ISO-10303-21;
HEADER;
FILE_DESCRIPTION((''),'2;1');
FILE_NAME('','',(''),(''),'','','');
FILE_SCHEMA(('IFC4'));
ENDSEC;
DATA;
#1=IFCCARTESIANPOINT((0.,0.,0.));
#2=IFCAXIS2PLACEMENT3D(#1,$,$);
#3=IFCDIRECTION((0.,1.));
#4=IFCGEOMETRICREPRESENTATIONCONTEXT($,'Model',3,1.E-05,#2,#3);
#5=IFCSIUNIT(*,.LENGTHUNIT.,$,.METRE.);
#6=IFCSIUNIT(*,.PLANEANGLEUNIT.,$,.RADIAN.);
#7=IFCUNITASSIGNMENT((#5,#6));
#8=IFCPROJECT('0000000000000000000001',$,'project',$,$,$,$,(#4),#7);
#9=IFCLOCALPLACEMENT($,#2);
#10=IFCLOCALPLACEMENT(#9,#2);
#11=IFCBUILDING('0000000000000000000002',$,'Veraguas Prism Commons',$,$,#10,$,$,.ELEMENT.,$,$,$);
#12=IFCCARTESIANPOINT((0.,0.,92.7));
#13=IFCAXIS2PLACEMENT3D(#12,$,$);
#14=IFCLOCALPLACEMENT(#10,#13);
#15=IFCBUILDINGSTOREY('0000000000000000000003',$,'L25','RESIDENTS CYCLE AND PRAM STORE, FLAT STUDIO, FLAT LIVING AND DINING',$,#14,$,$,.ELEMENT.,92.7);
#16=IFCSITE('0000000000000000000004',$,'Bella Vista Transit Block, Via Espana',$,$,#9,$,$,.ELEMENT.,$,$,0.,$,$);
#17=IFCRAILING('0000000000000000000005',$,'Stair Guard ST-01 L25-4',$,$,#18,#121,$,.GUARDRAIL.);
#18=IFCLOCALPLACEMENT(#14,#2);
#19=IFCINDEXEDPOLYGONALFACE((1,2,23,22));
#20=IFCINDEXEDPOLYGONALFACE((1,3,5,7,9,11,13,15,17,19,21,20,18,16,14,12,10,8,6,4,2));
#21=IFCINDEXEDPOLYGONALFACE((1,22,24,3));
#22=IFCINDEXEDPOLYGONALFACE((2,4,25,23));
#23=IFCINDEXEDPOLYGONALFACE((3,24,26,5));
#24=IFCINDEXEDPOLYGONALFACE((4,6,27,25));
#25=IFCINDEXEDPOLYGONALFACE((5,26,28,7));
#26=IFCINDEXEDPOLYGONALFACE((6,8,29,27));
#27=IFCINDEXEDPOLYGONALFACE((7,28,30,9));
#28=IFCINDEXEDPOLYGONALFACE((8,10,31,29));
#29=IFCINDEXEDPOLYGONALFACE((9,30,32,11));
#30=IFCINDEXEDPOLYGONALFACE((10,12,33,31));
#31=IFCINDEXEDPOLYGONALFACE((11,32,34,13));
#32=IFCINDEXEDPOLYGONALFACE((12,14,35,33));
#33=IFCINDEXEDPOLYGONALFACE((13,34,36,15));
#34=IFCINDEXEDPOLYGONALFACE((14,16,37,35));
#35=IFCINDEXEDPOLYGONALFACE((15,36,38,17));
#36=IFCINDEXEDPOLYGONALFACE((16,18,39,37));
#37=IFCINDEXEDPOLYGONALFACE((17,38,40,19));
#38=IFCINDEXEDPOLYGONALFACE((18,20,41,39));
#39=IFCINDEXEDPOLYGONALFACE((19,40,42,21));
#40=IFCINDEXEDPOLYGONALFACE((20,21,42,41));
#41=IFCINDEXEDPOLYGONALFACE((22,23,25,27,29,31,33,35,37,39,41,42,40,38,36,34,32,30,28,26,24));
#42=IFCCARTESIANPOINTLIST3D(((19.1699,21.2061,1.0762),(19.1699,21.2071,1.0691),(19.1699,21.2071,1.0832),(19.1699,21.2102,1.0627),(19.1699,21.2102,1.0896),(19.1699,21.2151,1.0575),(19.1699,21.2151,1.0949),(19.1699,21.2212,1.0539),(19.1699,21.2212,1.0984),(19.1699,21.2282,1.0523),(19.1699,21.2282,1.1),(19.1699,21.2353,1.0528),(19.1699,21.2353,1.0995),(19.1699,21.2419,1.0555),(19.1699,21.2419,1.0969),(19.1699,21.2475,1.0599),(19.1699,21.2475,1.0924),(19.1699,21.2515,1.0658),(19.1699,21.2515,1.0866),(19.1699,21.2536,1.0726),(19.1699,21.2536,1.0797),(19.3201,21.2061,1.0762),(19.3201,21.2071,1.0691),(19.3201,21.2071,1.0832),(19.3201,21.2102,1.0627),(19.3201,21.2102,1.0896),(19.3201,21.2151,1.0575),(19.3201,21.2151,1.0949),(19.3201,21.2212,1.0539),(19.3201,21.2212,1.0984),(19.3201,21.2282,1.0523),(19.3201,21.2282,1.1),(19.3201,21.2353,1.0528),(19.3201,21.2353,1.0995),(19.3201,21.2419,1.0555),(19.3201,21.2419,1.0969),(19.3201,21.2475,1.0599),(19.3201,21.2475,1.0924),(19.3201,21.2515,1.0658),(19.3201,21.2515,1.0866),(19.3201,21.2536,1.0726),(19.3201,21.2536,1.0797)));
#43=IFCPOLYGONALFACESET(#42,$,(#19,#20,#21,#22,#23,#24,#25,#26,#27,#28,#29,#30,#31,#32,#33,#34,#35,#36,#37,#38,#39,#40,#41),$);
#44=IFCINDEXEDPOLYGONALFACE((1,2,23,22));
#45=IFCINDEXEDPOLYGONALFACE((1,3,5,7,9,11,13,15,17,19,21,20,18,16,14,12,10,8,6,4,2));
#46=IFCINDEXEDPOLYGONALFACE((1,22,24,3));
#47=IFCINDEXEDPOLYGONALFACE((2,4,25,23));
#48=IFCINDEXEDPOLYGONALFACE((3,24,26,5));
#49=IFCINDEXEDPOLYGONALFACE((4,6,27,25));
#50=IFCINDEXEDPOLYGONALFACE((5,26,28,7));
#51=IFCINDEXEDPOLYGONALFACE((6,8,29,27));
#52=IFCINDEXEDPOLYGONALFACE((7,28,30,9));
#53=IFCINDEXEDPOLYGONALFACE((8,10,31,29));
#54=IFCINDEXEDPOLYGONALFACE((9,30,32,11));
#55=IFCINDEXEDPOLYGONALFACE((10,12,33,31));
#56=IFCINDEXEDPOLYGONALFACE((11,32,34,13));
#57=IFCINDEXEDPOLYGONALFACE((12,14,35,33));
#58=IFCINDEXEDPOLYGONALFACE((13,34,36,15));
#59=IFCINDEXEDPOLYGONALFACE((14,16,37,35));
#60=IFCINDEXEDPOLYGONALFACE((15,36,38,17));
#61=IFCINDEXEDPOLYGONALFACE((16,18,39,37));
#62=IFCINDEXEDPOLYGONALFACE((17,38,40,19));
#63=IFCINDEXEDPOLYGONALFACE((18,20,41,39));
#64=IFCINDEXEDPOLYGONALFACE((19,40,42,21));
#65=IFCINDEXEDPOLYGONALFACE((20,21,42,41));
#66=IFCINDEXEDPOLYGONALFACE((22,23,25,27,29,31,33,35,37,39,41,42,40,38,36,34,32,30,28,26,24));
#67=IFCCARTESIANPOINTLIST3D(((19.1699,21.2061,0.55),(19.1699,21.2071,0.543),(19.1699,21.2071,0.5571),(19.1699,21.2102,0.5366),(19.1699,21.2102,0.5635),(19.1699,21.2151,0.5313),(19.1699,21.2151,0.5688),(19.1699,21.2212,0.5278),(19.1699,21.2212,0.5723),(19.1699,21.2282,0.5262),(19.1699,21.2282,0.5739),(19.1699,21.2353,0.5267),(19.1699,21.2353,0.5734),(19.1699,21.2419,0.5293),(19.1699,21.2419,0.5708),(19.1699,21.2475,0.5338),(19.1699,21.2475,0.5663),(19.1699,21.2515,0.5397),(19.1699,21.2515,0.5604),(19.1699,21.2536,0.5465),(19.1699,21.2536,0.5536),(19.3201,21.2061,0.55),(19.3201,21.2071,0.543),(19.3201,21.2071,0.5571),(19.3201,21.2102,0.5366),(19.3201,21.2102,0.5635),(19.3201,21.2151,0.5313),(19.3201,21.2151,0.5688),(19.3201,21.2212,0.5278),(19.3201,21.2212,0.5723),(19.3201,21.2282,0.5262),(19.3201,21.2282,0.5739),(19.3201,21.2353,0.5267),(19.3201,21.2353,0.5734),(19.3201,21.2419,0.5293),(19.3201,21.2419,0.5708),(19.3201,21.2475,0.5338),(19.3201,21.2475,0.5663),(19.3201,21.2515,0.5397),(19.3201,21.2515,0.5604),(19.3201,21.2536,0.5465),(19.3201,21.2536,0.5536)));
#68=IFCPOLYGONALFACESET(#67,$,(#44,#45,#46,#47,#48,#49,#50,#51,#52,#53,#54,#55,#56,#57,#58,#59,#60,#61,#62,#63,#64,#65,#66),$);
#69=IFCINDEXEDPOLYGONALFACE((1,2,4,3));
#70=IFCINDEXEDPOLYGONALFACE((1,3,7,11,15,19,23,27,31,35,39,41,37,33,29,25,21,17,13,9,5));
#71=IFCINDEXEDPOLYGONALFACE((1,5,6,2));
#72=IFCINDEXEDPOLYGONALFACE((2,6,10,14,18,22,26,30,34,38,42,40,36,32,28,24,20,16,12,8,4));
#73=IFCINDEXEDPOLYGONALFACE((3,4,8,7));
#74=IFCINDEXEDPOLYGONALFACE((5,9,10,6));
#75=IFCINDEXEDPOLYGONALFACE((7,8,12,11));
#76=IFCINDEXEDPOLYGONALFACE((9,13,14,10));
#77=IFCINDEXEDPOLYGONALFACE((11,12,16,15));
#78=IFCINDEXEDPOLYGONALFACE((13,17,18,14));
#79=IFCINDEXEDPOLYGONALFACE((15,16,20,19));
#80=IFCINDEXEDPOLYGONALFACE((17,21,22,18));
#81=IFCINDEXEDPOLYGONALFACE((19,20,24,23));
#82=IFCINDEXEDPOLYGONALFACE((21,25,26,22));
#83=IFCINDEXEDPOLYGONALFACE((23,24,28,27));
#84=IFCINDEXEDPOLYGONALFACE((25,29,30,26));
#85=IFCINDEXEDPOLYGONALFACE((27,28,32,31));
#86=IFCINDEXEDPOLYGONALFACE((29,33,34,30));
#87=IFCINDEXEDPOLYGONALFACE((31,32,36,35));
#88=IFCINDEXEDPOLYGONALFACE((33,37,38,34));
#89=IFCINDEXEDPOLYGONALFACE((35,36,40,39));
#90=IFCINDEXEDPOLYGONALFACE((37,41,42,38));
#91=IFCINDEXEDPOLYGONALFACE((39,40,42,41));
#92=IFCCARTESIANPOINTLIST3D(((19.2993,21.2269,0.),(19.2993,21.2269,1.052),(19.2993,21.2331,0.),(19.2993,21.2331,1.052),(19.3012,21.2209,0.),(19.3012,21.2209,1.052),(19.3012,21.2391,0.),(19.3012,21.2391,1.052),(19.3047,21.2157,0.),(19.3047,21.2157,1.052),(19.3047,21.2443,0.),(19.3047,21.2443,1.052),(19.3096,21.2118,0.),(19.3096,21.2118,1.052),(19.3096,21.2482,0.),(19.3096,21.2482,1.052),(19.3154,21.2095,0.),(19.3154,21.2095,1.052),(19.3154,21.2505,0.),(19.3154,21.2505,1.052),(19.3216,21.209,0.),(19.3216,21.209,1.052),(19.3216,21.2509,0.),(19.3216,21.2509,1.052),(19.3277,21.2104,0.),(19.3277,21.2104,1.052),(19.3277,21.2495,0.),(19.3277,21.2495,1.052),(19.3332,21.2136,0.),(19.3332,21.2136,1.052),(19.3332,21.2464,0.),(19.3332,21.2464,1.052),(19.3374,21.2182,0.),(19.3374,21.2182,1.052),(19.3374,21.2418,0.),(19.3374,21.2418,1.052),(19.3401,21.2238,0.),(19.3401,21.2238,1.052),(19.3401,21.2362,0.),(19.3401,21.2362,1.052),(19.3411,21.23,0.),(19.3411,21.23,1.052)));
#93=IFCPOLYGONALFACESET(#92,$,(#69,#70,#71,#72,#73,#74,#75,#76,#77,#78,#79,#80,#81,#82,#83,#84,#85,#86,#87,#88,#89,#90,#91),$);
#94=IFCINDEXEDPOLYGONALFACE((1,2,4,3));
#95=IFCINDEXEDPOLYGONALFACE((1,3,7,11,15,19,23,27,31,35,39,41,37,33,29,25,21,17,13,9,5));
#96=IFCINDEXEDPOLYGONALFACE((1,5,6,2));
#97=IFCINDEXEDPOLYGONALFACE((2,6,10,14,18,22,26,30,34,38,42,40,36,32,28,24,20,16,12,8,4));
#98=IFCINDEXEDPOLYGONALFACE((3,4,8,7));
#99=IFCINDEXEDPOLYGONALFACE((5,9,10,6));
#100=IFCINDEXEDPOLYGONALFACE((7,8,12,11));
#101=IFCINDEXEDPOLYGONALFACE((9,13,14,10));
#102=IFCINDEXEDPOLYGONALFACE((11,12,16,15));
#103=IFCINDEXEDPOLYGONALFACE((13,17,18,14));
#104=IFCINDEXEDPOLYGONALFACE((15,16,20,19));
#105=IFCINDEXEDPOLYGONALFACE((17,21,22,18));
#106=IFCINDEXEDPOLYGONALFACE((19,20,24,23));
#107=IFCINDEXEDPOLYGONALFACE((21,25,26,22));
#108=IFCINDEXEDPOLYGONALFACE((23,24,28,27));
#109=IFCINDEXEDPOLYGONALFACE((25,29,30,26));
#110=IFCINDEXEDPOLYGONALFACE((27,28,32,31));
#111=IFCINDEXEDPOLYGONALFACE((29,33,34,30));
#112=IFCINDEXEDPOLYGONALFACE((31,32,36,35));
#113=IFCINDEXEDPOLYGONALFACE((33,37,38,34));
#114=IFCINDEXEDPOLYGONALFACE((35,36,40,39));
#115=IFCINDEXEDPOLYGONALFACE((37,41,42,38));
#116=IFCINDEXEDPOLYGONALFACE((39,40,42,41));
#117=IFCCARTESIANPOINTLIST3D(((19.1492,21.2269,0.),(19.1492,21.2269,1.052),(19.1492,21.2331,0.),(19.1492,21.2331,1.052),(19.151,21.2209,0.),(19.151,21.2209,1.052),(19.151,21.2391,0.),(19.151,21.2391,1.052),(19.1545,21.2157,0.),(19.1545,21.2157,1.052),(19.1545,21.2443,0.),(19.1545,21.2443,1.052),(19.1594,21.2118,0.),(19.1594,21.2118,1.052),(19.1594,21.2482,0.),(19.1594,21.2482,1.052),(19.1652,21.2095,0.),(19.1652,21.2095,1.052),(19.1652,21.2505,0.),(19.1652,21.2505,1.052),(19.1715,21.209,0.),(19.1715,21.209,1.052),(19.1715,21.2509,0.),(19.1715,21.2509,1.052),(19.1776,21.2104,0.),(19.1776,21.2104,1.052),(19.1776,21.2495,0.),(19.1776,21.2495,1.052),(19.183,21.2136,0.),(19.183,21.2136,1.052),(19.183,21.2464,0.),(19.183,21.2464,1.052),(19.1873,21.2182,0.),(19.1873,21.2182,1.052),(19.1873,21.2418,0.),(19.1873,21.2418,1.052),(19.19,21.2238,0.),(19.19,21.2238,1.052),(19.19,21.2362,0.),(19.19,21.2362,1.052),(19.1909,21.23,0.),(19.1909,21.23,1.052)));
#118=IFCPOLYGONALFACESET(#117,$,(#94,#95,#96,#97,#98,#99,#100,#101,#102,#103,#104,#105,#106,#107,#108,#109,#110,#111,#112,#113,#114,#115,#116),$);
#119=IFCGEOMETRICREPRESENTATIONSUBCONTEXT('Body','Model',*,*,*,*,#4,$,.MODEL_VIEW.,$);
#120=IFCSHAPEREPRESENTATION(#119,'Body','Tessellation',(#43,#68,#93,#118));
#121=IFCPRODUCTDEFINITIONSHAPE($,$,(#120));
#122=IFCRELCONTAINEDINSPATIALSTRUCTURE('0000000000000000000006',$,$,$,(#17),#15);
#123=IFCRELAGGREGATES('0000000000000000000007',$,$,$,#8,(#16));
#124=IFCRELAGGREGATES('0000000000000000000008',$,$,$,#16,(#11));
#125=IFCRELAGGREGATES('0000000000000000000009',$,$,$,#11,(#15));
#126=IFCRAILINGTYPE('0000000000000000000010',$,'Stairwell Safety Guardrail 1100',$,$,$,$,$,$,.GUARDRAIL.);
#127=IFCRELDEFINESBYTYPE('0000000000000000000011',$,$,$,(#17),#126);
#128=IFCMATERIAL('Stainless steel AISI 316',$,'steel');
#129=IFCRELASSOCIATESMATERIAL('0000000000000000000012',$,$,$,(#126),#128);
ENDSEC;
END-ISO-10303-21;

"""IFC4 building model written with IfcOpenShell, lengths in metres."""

from ifc_helpers import new_model, si_unit, direction, frame, origin, origin_2d, place, context, subcontext, project, spatial, circle, extrude, material, type_object, element, save


model = new_model("IFC4")

# Units and contexts
model_context = context("Model", 3, precision=1e-05, world=origin(), true_north=direction((0.0, 1.0)))
body_context = subcontext(model_context, "Body", "Model", "MODEL_VIEW")
ifc_project = project(units=[si_unit("LENGTHUNIT", "METRE"), si_unit("PLANEANGLEUNIT", "RADIAN")], contexts=[model_context])

# Site, building, storey
site_placement = place(None, origin())
site = spatial("IfcSite", under=ifc_project, at=site_placement, Name="Bella Vista Transit Block, Via Espana", CompositionType="ELEMENT", RefElevation=0.0)
building_placement = place(site_placement, origin())
building = spatial("IfcBuilding", under=site, at=building_placement, Name="Veraguas Prism Commons", CompositionType="ELEMENT")
storey_placement = place(building_placement, frame((0.0, 0.0, 92.7)))
storey = spatial("IfcBuildingStorey", under=building, at=storey_placement, Name="L25", Description="RESIDENTS CYCLE AND PRAM STORE, FLAT STUDIO, FLAT LIVING AND DINING", CompositionType="ELEMENT", Elevation=92.7)

# Railing
ifc_material_1 = material(Name="Stainless steel AISI 316", Category="steel")
railing_type = type_object("IfcRailingType", Name="Stairwell Safety Guardrail 1100", PredefinedType="GUARDRAIL", material=ifc_material_1)
railing_1_placement = place(storey_placement, frame((19.3201, 21.23, 0.0)))
element("IfcRailing", 1, at=railing_1_placement, inside=storey, type_object=railing_type, Name="Stair Guard ST-01 L25-4", PredefinedType="GUARDRAIL", context=body_context, shape_type="SweptSolid", body=[
    extrude(circle(Radius=0.0239, at=origin_2d()), frame((0.0, 0.0, 1.0762), z_axis=(-1.0, 0.0, 0.0), x_axis=(0.0, -1.0, 0.0)), (0.0, 0.0, 1.0), 0.1501),
    extrude(circle(Radius=0.0239, at=origin_2d()), frame((0.0, 0.0, 0.55), z_axis=(-1.0, 0.0, 0.0), x_axis=(0.0, -1.0, 0.0)), (0.0, 0.0, 1.0), 0.1501),
    extrude(circle(Radius=0.021, at=origin_2d()), origin(), (0.0, 0.0, 1.0), 1.052),
    extrude(circle(Radius=0.021, at=origin_2d()), frame((-0.1501, 0.0, 0.0)), (0.0, 0.0, 1.0), 1.052),
])

save(model, "model.ifc")
